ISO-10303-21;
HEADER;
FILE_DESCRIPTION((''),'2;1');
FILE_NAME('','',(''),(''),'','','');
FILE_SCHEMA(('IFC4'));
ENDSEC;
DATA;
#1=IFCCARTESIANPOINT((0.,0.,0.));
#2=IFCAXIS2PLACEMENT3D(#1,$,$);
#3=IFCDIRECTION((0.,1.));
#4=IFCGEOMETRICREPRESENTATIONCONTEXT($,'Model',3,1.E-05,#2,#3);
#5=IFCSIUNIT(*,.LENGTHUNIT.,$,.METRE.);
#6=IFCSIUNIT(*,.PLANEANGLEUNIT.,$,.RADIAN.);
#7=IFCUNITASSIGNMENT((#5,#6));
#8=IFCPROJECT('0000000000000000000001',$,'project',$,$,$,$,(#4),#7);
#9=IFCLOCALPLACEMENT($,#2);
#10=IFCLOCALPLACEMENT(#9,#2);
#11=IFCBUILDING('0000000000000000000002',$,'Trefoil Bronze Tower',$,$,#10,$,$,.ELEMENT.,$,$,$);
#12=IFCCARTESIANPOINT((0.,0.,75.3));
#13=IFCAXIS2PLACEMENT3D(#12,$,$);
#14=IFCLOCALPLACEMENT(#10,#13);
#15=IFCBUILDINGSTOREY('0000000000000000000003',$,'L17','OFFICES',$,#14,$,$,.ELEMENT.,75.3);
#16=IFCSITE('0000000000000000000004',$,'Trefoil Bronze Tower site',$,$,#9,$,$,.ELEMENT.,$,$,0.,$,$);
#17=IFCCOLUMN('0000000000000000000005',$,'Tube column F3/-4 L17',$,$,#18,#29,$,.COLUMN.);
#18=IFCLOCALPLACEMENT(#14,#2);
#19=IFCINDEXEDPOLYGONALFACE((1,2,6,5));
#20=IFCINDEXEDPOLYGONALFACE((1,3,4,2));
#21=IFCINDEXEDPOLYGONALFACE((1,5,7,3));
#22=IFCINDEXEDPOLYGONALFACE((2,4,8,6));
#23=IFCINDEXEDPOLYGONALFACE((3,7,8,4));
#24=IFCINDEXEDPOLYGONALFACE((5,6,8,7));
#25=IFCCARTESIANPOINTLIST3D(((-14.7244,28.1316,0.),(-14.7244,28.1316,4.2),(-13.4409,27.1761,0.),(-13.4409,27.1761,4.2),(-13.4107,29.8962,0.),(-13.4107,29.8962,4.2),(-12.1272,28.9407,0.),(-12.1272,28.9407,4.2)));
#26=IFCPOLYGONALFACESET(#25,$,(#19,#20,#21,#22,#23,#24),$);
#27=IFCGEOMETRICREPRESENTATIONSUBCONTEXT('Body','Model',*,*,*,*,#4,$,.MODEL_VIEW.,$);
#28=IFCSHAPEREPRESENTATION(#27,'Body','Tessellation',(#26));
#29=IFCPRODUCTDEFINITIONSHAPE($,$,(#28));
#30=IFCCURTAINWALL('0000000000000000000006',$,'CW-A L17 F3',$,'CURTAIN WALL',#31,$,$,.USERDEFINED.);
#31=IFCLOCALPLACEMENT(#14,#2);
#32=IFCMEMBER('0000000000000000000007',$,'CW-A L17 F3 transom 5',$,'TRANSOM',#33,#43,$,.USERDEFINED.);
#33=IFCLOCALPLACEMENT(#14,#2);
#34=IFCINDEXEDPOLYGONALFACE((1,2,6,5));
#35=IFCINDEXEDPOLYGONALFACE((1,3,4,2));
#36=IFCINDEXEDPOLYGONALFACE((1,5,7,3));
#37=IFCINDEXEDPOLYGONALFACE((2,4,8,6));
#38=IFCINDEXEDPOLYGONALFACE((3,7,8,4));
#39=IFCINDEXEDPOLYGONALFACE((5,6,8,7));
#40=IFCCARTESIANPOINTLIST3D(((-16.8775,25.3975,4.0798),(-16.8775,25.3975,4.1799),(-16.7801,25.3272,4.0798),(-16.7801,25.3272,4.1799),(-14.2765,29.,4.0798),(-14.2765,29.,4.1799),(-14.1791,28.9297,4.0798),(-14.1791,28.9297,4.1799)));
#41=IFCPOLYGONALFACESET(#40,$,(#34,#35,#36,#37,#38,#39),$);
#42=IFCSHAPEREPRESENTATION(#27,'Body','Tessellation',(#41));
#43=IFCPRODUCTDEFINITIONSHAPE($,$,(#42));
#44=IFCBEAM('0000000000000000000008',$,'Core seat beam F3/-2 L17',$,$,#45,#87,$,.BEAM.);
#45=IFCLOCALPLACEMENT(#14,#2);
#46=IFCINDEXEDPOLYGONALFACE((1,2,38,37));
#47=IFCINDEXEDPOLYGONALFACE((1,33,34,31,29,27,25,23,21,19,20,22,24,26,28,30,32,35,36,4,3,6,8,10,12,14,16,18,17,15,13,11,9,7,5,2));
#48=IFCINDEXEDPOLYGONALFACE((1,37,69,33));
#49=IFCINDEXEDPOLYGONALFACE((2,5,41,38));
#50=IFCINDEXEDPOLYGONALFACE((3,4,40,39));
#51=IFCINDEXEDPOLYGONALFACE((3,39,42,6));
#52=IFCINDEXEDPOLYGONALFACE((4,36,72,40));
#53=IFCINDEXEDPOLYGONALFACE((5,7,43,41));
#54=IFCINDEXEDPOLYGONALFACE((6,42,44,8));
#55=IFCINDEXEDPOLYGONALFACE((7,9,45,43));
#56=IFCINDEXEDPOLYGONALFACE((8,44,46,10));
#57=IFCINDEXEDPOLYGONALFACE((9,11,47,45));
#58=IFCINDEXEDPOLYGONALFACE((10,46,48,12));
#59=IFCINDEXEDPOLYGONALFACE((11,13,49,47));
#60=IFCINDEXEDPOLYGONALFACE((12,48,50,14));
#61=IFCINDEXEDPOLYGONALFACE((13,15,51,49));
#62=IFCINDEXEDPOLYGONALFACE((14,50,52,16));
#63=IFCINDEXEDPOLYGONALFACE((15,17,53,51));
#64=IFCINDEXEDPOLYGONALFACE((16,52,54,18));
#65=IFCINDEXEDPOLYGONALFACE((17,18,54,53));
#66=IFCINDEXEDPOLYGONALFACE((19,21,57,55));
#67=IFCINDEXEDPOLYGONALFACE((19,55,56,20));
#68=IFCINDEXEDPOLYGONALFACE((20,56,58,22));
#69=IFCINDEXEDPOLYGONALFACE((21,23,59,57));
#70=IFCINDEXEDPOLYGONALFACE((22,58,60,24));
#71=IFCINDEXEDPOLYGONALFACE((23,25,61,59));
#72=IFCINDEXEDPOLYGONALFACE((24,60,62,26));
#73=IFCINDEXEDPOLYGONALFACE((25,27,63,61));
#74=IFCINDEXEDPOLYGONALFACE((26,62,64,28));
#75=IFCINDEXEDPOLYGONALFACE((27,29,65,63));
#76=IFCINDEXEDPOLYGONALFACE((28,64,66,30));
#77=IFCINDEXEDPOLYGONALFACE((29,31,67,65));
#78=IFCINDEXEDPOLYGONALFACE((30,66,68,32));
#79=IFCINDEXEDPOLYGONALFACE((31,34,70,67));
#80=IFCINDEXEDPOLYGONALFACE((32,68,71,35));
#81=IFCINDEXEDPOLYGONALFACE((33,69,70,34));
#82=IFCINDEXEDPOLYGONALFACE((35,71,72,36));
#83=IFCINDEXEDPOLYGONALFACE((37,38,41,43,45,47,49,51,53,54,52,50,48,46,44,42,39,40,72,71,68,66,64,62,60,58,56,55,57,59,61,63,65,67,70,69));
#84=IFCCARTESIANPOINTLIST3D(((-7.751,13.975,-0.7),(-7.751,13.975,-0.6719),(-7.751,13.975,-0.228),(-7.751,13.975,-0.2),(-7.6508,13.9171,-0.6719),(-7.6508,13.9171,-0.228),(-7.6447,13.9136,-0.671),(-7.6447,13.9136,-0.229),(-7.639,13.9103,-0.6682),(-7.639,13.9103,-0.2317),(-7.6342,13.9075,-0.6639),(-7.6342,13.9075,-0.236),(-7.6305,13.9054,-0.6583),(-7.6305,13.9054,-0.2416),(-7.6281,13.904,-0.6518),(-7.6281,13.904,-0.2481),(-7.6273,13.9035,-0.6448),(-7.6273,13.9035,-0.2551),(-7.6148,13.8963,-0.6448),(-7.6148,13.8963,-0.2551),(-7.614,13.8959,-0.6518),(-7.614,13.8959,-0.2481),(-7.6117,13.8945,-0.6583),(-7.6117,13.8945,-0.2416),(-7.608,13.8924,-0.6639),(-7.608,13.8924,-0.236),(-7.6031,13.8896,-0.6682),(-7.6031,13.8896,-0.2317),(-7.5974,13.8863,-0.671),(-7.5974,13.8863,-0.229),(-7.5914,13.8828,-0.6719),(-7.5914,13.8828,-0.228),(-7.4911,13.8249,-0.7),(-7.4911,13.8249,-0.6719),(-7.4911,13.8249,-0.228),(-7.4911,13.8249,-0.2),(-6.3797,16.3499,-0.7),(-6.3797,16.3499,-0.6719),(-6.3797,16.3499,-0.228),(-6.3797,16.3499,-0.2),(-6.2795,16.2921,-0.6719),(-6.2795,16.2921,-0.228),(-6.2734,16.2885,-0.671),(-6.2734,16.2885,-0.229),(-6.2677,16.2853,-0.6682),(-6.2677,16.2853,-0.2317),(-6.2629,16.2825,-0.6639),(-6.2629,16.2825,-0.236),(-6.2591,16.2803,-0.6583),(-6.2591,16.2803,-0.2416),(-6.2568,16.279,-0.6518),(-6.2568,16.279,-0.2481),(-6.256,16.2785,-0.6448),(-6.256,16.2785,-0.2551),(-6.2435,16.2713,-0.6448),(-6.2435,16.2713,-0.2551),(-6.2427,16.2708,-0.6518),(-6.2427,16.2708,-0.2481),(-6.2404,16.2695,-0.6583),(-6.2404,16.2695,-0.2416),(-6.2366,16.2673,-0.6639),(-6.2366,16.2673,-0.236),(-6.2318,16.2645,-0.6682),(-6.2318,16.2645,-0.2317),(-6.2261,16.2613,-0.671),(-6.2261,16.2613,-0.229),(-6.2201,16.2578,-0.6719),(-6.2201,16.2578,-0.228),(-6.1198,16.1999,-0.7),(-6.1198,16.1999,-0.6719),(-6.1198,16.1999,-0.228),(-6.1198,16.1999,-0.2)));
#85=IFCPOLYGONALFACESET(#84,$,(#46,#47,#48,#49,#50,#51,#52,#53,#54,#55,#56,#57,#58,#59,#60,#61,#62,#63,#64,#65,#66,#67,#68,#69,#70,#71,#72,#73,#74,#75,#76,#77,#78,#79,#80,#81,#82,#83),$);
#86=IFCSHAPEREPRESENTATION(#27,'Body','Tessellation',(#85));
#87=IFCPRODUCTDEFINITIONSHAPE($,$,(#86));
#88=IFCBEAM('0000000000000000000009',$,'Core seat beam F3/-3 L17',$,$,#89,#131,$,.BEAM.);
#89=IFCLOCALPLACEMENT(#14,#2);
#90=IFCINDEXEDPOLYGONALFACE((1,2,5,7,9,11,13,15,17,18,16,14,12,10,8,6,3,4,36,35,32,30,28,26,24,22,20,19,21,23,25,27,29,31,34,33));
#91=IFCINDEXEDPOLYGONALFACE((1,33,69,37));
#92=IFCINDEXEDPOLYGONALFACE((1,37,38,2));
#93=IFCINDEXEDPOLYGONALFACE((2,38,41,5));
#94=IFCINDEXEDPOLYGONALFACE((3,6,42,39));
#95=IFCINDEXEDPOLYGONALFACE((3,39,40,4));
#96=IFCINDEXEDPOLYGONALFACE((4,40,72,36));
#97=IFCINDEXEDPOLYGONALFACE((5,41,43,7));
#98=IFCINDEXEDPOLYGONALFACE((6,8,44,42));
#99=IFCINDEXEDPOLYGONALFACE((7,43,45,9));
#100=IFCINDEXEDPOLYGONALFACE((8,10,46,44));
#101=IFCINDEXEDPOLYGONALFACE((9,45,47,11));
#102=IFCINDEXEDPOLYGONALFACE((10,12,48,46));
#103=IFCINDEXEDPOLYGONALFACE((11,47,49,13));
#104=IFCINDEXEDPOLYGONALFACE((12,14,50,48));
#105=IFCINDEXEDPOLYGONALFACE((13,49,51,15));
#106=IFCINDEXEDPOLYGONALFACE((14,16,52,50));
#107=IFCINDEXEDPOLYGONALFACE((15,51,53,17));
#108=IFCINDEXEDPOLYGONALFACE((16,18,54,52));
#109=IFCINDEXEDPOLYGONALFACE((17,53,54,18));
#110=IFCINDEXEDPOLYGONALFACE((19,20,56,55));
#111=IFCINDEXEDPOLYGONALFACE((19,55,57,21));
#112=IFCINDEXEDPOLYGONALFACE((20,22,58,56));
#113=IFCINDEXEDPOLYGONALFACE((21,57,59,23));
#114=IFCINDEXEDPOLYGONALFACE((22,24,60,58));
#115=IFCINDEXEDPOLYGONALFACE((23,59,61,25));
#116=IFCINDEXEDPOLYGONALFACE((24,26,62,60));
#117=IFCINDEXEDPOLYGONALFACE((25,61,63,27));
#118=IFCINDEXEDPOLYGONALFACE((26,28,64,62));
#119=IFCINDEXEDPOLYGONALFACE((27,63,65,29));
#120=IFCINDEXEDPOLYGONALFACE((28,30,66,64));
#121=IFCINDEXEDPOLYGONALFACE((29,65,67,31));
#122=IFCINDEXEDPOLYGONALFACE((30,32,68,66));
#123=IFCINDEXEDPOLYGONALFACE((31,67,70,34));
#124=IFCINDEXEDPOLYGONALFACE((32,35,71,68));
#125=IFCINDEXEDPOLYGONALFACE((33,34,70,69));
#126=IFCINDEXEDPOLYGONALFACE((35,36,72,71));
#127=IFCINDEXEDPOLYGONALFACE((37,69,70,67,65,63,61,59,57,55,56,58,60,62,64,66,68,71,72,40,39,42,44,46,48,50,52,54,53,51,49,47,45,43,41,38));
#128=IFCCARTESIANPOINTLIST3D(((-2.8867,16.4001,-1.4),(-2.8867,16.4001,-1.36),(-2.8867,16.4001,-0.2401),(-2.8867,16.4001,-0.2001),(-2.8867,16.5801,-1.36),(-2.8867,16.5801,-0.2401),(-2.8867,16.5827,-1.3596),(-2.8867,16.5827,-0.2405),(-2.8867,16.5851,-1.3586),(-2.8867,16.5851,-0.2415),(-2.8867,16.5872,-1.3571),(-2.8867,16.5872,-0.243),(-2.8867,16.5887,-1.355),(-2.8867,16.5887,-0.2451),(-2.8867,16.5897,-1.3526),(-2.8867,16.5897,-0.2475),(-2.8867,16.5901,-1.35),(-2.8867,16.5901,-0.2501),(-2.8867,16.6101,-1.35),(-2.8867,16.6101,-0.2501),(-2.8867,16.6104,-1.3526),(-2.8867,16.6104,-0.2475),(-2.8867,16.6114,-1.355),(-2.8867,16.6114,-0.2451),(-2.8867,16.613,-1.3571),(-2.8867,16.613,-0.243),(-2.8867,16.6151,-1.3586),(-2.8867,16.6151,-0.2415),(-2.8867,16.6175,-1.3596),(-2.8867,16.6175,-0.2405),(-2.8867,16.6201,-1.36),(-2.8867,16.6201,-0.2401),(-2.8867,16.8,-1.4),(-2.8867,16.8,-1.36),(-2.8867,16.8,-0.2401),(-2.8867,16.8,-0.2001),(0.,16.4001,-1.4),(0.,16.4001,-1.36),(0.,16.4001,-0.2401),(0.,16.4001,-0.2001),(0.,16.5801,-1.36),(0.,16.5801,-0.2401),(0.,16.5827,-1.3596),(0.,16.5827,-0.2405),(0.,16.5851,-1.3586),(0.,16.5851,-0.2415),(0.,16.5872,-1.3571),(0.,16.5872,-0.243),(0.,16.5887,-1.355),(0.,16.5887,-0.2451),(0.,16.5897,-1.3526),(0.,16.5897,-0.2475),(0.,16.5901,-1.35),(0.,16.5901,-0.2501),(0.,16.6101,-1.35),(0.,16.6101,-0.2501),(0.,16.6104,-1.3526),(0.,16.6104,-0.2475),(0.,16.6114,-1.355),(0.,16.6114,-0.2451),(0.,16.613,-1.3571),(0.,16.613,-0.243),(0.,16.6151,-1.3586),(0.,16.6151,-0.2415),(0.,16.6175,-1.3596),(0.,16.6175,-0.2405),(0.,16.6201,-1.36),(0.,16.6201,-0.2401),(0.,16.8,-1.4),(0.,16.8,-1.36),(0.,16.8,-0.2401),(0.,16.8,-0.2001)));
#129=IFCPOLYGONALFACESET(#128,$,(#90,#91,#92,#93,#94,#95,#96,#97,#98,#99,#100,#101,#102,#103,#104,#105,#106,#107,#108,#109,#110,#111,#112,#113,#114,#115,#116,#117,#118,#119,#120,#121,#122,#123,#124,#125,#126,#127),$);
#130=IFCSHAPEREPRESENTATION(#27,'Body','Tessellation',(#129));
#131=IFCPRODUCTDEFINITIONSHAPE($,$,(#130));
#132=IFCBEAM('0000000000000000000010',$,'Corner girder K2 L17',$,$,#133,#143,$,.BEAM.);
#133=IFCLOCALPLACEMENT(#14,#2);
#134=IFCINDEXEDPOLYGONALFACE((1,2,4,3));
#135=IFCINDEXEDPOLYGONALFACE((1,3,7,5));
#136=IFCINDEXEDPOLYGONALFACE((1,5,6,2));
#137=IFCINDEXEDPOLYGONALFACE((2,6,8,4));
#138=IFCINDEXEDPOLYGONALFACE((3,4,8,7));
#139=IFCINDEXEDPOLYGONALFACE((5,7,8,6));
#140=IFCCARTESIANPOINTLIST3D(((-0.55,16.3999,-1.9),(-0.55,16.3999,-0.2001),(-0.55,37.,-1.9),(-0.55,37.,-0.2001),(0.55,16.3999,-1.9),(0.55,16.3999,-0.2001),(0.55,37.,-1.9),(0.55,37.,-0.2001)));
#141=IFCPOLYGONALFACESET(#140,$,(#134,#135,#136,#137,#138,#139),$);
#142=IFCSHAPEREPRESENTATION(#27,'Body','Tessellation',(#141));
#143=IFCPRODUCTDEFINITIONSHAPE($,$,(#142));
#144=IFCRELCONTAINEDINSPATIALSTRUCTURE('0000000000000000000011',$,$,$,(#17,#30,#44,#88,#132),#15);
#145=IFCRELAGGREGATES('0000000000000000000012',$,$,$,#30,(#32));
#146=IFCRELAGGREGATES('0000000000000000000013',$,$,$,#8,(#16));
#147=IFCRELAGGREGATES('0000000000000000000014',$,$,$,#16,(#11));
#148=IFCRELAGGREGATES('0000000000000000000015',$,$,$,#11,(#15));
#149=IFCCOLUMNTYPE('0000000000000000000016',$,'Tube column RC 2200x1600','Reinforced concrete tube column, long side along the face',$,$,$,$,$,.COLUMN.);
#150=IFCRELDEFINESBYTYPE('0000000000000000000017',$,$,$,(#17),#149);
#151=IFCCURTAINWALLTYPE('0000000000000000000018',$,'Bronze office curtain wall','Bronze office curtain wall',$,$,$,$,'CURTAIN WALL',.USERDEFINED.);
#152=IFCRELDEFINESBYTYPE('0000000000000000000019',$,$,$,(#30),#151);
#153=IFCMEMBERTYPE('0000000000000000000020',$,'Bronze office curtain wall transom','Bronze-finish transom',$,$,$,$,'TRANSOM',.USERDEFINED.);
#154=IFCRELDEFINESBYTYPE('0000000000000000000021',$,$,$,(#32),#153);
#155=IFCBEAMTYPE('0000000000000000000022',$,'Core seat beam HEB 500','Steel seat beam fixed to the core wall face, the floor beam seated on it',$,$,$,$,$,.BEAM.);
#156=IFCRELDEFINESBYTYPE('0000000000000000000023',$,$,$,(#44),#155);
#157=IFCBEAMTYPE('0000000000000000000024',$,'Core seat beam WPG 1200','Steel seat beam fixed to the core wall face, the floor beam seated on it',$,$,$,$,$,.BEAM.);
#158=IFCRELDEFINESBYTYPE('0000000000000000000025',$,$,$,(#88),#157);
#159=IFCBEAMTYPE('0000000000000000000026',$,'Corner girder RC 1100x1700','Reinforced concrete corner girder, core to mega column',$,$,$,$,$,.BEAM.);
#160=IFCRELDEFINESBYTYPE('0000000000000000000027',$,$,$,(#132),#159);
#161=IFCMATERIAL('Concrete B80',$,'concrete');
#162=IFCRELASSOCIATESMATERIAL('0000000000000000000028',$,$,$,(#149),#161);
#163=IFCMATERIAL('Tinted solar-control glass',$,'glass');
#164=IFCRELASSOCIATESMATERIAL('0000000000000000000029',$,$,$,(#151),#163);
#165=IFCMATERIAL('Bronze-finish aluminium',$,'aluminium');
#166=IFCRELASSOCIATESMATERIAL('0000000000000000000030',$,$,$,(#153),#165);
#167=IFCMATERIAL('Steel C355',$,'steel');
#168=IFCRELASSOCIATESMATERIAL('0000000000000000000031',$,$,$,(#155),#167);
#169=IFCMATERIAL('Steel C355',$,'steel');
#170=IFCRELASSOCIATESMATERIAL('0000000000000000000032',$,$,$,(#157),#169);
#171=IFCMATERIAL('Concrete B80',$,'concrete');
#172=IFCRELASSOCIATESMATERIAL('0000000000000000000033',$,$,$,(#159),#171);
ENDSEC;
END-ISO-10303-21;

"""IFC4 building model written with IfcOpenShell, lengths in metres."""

from ifc_helpers import new_model, si_unit, direction, frame, origin, origin_2d, place, context, subcontext, project, spatial, rectangle, i_section, extrude, material, material_profile, profile_set, type_object, element, aggregate, save


model = new_model("IFC4")

# Units and contexts
model_context = context("Model", 3, precision=1e-05, world=origin(), true_north=direction((0.0, 1.0)))
body_context = subcontext(model_context, "Body", "Model", "MODEL_VIEW")
ifc_project = project(units=[si_unit("LENGTHUNIT", "METRE"), si_unit("PLANEANGLEUNIT", "RADIAN")], contexts=[model_context])

# Site, building, storey
site_placement = place(None, origin())
site = spatial("IfcSite", under=ifc_project, at=site_placement, Name="Trefoil Bronze Tower site", CompositionType="ELEMENT", RefElevation=0.0)
building_placement = place(site_placement, origin())
building = spatial("IfcBuilding", under=site, at=building_placement, Name="Trefoil Bronze Tower", CompositionType="ELEMENT")
storey_placement = place(building_placement, frame((0.0, 0.0, 75.3)))
storey = spatial("IfcBuildingStorey", under=building, at=storey_placement, Name="L17", Description="OFFICES", CompositionType="ELEMENT", Elevation=75.3)

# Column
ifc_material_1 = material(Name="Concrete B80", Category="concrete")
ifc_material_profile_1 = material_profile(ifc_material_1, rectangle(XDim=2.2, YDim=1.6001, at=origin_2d()), Name="RC 2200x1600")
ifc_profile_set_1 = profile_set([ifc_material_profile_1], Name="Concrete B80")
column_type = type_object("IfcColumnType", Name="Tube column RC 2200x1600", Description="Reinforced concrete tube column, long side along the face", PredefinedType="COLUMN", material=ifc_profile_set_1)
column_placement = place(storey_placement, frame((-13.4258, 28.5361, 0.0), z_axis=(0.0, 0.0, 1.0), x_axis=(-0.597154, -0.802127, 0.0)))
element("IfcColumn", 1, at=column_placement, inside=storey, type_object=column_type, Name="Tube column F3/-4 L17", PredefinedType="COLUMN", context=body_context, shape_type="SweptSolid", body=[
    extrude(rectangle(XDim=2.2, YDim=1.6001, at=origin_2d()), origin(), (0.0, 0.0, 1.0), 4.2),
])

# Curtain wall, member
ifc_material_2 = material(Name="Tinted solar-control glass", Category="glass")
curtain_wall_type = type_object("IfcCurtainWallType", Name="Bronze office curtain wall", Description="Bronze office curtain wall", ElementType="CURTAIN WALL", PredefinedType="USERDEFINED", material=ifc_material_2)
curtain_wall_placement = place(storey_placement, origin())
curtain_wall = element("IfcCurtainWall", 2, at=curtain_wall_placement, inside=storey, type_object=curtain_wall_type, Name="CW-A L17 F3", ObjectType="CURTAIN WALL", PredefinedType="USERDEFINED")
ifc_material_3 = material(Name="Bronze-finish aluminium", Category="aluminium")
ifc_material_profile_2 = material_profile(ifc_material_3, rectangle(XDim=0.1201, YDim=0.1001, at=origin_2d()), Name="CW-A transom")
ifc_profile_set_2 = profile_set([ifc_material_profile_2], Name="Bronze-finish aluminium")
member_type = type_object("IfcMemberType", Name="Bronze office curtain wall transom", Description="Bronze-finish transom", ElementType="TRANSOM", PredefinedType="USERDEFINED", material=ifc_profile_set_2)
member_placement = place(storey_placement, frame((-14.2278, 28.9648, 4.1299), z_axis=(-0.585378, -0.81076, 0.0), x_axis=(0.81076, -0.585378, 0.0)))
member = element("IfcMember", 3, at=member_placement, type_object=member_type, Name="CW-A L17 F3 transom 5", ObjectType="TRANSOM", PredefinedType="USERDEFINED", context=body_context, shape_type="SweptSolid", body=[
    extrude(rectangle(XDim=0.1201, YDim=0.1001, at=origin_2d()), origin(), (0.0, 0.0, 1.0), 4.4434),
])

# Beams
ifc_material_4 = material(Name="Steel C355", Category="steel")
ifc_material_profile_3 = material_profile(ifc_material_4, i_section(OverallWidth=0.3, OverallDepth=0.5, WebThickness=0.0144, FlangeThickness=0.0281, FilletRadius=0.0271, at=origin_2d()), Name="HEB 500")
ifc_profile_set_3 = profile_set([ifc_material_profile_3], Name="Steel C355")
beam_type_1 = type_object("IfcBeamType", Name="Core seat beam HEB 500", Description="Steel seat beam fixed to the core wall face, the floor beam seated on it", PredefinedType="BEAM", material=ifc_profile_set_3)
beam_1_placement = place(storey_placement, frame((-6.2498, 16.2749, -0.45), z_axis=(-0.500036, -0.866005, 0.0), x_axis=(0.866005, -0.500036, 0.0)))
element("IfcBeam", 4, at=beam_1_placement, inside=storey, type_object=beam_type_1, Name="Core seat beam F3/-2 L17", PredefinedType="BEAM", context=body_context, shape_type="SweptSolid", body=[
    extrude(i_section(OverallWidth=0.3, OverallDepth=0.5, WebThickness=0.0144, FlangeThickness=0.0281, FilletRadius=0.0271, at=origin_2d()), origin(), (0.0, 0.0, 1.0), 2.7424),
])
ifc_material_5 = material(Name="Steel C355", Category="steel")
ifc_material_profile_4 = material_profile(ifc_material_5, i_section(OverallWidth=0.3999, OverallDepth=1.2, WebThickness=0.02, FlangeThickness=0.04, FilletRadius=0.01, at=origin_2d()), Name="WPG 1200")
ifc_profile_set_4 = profile_set([ifc_material_profile_4], Name="Steel C355")
beam_type_2 = type_object("IfcBeamType", Name="Core seat beam WPG 1200", Description="Steel seat beam fixed to the core wall face, the floor beam seated on it", PredefinedType="BEAM", material=ifc_profile_set_4)
beam_2_placement = place(storey_placement, frame((0.0, 16.6001, -0.8), z_axis=(-1.0, 0.0, 0.0), x_axis=(0.0, -1.0, 0.0)))
element("IfcBeam", 5, at=beam_2_placement, inside=storey, type_object=beam_type_2, Name="Core seat beam F3/-3 L17", PredefinedType="BEAM", context=body_context, shape_type="SweptSolid", body=[
    extrude(i_section(OverallWidth=0.3999, OverallDepth=1.2, WebThickness=0.02, FlangeThickness=0.04, FilletRadius=0.01, at=origin_2d()), origin(), (0.0, 0.0, 1.0), 2.8867),
])
ifc_material_6 = material(Name="Concrete B80", Category="concrete")
ifc_material_profile_5 = material_profile(ifc_material_6, rectangle(XDim=1.1001, YDim=1.7, at=origin_2d()), Name="RC 1100x1700")
ifc_profile_set_5 = profile_set([ifc_material_profile_5], Name="Concrete B80")
beam_type_3 = type_object("IfcBeamType", Name="Corner girder RC 1100x1700", Description="Reinforced concrete corner girder, core to mega column", PredefinedType="BEAM", material=ifc_profile_set_5)
beam_3_placement = place(storey_placement, frame((0.0, 16.3999, -1.05), z_axis=(0.0, 1.0, 0.0), x_axis=(-1.0, 0.0, 0.0)))
element("IfcBeam", 6, at=beam_3_placement, inside=storey, type_object=beam_type_3, Name="Corner girder K2 L17", PredefinedType="BEAM", context=body_context, shape_type="SweptSolid", body=[
    extrude(rectangle(XDim=1.1001, YDim=1.7, at=origin_2d()), origin(), (0.0, 0.0, 1.0), 20.6001),
])

aggregate(curtain_wall, [member])

save(model, "model.ifc")
